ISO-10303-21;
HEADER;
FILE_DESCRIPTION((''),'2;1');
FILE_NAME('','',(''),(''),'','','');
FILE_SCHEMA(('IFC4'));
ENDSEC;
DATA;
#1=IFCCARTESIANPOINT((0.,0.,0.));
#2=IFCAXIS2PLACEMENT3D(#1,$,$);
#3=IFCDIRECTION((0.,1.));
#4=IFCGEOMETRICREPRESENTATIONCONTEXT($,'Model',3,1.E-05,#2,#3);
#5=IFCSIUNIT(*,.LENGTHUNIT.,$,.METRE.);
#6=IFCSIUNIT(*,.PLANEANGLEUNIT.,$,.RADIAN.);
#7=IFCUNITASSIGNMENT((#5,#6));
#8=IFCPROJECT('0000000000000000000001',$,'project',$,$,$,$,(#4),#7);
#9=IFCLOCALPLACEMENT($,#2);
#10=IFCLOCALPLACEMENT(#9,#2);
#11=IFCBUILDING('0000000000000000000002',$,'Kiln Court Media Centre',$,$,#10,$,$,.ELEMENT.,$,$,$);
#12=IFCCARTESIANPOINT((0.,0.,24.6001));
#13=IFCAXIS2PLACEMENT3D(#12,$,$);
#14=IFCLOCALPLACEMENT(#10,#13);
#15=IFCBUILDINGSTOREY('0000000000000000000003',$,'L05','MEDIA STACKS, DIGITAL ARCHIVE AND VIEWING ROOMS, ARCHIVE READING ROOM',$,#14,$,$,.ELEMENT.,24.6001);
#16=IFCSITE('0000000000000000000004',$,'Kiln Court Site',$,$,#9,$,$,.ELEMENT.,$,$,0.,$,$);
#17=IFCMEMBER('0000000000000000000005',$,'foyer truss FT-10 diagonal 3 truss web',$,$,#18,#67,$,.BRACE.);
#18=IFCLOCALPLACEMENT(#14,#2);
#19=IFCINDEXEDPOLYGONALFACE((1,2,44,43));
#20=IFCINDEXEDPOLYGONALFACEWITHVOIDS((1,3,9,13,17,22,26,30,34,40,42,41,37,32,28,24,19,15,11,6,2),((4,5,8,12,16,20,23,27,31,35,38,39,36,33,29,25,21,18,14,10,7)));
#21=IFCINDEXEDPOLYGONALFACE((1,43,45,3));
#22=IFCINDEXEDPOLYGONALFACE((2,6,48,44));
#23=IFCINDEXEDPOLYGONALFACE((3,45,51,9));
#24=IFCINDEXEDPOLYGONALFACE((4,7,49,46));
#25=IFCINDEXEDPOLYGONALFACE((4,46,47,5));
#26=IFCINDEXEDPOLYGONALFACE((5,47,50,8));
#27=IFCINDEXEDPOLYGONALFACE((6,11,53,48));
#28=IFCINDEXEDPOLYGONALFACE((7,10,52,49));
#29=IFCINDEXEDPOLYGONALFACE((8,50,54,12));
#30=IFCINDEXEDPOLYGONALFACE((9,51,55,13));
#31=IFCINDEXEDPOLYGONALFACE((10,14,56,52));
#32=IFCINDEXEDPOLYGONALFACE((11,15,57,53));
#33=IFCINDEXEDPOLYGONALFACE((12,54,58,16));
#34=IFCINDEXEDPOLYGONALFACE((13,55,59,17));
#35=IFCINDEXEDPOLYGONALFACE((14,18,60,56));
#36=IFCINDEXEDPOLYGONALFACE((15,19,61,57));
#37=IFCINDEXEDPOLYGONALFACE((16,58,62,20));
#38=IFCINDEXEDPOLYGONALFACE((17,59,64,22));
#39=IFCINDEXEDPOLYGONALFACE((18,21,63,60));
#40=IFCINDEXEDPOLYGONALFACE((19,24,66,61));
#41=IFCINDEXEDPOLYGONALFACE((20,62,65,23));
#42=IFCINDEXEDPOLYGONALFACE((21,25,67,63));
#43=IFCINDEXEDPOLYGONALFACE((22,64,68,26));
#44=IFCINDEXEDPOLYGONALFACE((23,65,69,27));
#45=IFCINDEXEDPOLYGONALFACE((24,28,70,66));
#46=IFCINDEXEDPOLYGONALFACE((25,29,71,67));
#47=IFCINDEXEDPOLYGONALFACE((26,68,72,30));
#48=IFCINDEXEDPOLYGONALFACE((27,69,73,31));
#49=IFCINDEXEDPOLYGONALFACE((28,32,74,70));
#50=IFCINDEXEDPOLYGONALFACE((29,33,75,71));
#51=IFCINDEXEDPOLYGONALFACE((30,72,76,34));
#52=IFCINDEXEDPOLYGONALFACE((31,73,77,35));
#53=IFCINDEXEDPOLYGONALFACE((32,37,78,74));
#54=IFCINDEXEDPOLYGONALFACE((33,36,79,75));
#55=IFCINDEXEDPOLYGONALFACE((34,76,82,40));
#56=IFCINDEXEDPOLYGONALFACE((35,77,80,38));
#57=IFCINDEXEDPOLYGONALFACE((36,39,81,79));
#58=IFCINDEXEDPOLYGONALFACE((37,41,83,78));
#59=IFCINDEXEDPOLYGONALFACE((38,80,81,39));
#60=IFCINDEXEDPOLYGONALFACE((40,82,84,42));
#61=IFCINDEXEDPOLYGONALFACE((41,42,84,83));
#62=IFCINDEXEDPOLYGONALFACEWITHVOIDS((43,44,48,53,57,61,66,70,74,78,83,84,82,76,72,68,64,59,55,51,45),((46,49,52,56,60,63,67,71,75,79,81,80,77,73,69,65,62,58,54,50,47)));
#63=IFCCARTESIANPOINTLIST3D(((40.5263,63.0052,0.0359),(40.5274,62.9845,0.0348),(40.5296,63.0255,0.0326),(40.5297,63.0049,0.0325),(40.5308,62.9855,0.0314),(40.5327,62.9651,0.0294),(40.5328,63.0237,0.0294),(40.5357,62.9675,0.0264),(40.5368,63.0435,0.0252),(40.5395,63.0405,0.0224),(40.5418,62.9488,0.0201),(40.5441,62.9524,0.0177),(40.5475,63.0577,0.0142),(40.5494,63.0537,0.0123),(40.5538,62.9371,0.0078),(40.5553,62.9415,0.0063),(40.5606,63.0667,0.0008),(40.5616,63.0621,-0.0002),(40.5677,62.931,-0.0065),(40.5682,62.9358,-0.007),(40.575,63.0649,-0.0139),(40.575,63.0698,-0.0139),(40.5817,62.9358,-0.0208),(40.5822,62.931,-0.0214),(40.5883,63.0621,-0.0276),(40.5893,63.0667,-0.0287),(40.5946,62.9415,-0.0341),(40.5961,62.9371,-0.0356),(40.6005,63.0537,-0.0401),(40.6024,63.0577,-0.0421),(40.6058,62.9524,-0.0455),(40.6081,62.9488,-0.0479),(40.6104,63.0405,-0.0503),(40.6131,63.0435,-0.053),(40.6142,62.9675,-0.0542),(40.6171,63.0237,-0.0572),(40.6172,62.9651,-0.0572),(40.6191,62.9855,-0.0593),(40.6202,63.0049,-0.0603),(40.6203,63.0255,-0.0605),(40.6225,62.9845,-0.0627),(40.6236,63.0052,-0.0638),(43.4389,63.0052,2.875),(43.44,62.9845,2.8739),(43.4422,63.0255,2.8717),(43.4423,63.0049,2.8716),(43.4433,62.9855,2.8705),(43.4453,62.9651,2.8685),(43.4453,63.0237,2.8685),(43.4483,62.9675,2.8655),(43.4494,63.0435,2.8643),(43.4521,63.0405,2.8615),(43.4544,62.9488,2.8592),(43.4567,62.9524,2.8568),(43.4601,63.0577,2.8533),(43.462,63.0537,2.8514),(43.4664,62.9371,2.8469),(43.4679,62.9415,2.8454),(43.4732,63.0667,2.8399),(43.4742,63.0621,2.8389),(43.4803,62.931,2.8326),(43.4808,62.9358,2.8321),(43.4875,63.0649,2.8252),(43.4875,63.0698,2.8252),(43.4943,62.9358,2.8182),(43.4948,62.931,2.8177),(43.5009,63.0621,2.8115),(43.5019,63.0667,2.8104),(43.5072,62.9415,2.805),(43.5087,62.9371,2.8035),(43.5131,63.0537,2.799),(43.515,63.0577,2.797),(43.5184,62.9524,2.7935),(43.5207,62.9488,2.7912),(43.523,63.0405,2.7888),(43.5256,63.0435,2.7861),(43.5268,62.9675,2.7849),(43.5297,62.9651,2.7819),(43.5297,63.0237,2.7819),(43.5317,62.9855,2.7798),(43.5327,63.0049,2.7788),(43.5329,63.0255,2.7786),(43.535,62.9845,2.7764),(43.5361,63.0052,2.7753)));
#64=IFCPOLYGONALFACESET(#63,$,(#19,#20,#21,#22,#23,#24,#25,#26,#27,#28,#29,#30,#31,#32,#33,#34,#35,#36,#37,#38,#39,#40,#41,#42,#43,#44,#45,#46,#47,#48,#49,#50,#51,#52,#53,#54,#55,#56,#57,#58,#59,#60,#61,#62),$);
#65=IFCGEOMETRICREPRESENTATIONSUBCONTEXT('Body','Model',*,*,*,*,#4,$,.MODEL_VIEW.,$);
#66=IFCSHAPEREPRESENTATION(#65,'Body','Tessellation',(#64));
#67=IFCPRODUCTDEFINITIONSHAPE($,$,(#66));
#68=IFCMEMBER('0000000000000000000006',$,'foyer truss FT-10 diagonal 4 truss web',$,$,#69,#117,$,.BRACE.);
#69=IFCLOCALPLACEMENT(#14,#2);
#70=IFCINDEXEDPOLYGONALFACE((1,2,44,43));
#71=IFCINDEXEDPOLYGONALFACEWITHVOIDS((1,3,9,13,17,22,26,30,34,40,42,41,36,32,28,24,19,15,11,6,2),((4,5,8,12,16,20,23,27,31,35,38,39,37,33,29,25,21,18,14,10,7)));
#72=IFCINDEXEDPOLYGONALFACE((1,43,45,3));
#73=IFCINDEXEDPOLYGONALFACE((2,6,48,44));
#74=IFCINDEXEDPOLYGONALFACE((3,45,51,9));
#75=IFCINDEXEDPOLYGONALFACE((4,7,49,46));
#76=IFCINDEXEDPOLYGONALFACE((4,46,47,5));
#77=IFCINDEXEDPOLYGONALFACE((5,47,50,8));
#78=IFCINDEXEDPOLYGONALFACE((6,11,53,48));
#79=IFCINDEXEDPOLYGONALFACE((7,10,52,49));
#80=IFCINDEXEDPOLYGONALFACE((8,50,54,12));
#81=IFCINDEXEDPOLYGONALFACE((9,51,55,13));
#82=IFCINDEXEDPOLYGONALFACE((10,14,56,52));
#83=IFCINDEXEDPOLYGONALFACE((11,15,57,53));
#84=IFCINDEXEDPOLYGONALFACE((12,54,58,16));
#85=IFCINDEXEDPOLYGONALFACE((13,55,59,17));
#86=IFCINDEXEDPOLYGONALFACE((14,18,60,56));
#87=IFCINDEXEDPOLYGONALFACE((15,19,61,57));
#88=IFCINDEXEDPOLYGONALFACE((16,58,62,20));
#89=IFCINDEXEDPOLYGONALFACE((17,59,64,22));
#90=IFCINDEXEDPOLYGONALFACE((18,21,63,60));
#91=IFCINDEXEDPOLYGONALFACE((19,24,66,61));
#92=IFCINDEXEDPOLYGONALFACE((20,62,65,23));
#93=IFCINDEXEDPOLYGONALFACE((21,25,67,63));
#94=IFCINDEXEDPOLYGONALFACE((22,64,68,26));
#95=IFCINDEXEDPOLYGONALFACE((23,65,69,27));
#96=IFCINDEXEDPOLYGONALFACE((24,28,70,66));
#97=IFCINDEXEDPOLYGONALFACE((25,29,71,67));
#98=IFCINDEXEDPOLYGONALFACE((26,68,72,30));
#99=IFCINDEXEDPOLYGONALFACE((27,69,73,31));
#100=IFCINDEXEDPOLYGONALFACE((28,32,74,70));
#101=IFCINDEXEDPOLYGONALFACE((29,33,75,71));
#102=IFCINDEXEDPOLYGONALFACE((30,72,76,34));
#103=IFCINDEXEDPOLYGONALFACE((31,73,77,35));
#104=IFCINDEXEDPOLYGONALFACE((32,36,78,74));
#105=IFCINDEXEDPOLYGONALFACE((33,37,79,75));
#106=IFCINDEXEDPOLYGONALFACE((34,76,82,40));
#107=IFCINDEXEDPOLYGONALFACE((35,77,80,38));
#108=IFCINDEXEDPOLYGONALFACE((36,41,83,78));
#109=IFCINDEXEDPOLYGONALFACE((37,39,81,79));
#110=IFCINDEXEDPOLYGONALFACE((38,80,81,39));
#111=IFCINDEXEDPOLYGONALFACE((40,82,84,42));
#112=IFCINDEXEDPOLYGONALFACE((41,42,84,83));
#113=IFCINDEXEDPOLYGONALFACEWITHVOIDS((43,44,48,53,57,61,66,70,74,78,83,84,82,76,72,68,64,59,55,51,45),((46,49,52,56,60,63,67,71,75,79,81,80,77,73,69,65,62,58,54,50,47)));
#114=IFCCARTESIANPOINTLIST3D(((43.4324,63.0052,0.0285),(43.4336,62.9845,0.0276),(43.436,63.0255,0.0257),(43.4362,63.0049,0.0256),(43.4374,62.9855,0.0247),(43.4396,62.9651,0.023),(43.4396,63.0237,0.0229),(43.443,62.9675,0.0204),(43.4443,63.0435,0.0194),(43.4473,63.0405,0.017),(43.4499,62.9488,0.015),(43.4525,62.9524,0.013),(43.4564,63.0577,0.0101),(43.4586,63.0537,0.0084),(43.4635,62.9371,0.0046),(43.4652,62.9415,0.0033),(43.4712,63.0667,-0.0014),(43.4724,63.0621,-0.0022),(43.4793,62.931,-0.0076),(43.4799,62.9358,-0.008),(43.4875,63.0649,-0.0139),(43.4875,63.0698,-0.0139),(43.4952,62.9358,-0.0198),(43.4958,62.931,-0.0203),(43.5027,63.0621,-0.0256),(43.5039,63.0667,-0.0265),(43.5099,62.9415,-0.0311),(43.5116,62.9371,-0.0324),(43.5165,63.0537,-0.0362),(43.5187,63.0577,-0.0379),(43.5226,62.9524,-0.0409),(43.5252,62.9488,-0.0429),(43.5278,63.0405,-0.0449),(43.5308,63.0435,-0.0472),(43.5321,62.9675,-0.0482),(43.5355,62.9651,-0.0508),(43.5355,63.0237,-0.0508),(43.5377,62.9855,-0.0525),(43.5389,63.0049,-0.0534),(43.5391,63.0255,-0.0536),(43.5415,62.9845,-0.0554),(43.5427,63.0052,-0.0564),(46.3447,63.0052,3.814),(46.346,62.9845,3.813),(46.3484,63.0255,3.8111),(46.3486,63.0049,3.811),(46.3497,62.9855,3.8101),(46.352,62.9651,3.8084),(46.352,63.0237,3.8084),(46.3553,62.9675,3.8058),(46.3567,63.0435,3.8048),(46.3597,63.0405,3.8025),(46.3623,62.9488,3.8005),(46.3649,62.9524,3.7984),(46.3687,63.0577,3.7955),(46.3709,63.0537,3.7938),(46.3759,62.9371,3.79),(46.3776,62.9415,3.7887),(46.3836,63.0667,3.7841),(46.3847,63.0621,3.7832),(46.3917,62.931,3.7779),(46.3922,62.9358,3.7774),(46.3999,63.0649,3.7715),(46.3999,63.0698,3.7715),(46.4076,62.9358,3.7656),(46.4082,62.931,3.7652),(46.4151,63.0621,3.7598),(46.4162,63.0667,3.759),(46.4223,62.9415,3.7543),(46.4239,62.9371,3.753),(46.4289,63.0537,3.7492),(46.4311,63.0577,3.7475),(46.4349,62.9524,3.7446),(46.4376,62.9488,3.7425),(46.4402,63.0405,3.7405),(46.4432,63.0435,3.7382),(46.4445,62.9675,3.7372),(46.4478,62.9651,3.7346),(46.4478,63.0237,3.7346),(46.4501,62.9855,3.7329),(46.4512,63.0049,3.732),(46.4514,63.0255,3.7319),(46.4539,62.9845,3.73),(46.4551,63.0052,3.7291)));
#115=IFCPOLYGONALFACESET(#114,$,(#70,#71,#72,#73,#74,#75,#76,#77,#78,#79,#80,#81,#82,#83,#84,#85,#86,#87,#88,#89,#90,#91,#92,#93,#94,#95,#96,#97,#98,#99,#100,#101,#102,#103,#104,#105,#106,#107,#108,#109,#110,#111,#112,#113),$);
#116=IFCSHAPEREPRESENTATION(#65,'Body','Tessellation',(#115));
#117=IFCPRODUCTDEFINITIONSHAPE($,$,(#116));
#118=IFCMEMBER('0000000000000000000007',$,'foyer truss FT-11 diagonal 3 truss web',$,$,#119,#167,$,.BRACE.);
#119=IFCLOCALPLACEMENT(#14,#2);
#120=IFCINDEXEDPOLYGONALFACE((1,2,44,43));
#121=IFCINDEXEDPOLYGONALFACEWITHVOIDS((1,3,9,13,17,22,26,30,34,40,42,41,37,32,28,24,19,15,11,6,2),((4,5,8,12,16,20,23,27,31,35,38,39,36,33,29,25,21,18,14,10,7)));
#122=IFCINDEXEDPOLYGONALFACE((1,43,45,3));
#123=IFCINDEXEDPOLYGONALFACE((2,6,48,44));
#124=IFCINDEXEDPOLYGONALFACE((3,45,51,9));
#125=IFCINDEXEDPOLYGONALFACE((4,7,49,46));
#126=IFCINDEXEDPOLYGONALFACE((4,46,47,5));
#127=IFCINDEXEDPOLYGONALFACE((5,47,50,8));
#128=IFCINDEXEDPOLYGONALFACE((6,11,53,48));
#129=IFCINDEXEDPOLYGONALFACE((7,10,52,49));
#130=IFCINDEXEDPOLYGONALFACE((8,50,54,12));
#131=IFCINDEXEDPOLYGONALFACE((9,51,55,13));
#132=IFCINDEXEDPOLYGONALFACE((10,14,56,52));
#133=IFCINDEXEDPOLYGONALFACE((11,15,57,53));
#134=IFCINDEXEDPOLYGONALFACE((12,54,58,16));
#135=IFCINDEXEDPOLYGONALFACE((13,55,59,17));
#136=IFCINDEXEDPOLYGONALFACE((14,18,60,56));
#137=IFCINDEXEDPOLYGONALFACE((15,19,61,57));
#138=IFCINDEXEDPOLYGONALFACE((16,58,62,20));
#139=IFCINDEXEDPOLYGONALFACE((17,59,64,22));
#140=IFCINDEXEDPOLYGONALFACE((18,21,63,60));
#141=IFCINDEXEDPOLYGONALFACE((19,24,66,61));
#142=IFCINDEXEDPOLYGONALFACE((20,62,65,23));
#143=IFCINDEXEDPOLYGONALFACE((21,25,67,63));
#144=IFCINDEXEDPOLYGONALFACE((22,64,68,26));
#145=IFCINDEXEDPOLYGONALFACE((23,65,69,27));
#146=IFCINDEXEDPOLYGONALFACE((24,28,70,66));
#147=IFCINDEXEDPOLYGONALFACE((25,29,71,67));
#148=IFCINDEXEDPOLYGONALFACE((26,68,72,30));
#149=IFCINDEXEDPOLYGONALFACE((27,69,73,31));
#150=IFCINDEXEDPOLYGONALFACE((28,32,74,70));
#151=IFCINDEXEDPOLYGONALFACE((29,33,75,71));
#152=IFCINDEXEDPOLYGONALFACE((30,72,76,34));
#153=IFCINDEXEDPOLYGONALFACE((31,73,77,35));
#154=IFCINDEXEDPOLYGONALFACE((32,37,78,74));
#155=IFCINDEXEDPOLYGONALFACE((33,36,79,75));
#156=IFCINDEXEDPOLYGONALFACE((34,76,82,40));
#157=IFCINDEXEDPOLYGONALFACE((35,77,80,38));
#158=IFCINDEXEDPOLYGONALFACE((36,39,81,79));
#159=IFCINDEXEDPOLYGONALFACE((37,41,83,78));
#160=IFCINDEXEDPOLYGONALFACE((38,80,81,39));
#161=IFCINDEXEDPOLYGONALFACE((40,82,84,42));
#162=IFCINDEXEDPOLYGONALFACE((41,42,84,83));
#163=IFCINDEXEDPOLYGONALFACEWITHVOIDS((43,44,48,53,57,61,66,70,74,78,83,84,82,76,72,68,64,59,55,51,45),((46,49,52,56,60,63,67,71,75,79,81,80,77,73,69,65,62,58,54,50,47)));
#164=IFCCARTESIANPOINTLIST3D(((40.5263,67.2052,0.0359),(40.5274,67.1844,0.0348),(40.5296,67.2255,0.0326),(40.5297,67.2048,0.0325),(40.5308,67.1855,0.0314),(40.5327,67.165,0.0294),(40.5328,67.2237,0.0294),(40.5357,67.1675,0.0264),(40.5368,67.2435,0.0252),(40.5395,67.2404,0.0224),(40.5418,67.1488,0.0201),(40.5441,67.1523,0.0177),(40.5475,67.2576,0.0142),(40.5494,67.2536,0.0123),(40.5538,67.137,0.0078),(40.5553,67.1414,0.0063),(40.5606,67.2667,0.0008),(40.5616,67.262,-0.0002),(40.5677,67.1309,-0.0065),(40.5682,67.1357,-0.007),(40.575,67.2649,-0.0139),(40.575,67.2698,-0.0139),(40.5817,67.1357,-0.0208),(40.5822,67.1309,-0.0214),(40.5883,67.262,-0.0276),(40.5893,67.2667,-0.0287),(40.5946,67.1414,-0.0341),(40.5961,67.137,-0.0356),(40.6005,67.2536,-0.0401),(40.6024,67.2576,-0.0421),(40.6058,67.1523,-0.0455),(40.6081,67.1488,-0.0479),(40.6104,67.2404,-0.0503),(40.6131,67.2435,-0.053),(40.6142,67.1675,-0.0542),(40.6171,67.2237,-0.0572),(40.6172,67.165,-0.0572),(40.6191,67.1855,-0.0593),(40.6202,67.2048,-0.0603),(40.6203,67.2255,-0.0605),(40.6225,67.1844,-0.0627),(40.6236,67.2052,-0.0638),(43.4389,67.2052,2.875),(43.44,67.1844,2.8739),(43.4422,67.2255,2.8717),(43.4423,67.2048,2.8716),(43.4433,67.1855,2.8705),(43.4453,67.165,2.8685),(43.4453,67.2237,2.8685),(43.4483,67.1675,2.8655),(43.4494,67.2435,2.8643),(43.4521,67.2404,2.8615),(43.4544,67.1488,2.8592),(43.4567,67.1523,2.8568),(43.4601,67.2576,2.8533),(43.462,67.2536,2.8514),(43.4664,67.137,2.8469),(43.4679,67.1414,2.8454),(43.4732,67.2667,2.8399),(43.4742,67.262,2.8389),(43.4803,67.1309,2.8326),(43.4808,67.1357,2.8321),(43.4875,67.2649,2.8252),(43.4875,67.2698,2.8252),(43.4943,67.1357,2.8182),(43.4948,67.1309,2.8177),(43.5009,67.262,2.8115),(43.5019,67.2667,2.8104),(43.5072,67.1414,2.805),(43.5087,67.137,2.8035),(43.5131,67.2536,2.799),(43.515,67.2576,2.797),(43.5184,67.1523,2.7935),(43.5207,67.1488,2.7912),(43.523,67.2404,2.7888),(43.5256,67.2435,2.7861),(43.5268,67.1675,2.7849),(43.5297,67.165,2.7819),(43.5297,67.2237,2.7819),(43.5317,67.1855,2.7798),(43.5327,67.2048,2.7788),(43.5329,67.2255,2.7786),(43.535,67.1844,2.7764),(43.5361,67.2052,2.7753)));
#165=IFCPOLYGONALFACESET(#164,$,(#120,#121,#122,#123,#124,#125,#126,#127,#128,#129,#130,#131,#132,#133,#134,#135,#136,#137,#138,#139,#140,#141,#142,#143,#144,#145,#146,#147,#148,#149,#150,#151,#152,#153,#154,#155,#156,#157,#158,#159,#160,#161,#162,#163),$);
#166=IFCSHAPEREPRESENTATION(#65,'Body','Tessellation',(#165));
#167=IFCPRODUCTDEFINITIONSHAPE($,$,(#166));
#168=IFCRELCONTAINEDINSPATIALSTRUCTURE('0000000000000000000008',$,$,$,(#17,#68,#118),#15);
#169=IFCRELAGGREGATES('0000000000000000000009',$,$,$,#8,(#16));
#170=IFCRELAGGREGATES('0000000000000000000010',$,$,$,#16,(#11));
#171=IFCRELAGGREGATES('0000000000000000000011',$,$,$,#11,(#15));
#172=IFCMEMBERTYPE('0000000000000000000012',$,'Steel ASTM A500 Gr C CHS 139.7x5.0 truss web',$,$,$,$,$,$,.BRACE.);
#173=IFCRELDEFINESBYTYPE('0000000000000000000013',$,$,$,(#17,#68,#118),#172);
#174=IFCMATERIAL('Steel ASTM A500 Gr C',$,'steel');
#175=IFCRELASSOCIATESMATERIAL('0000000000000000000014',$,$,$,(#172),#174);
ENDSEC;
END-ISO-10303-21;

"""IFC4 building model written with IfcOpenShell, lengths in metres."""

from ifc_helpers import new_model, si_unit, direction, frame, origin, origin_2d, place, context, subcontext, project, spatial, hollow_circle, extrude, material, material_profile, profile_set, type_object, element, save


model = new_model("IFC4")

# Units and contexts
model_context = context("Model", 3, precision=1e-05, world=origin(), true_north=direction((0.0, 1.0)))
body_context = subcontext(model_context, "Body", "Model", "MODEL_VIEW")
ifc_project = project(units=[si_unit("LENGTHUNIT", "METRE"), si_unit("PLANEANGLEUNIT", "RADIAN")], contexts=[model_context])

# Site, building, storey
site_placement = place(None, origin())
site = spatial("IfcSite", under=ifc_project, at=site_placement, Name="Kiln Court Site", CompositionType="ELEMENT", RefElevation=0.0)
building_placement = place(site_placement, origin())
building = spatial("IfcBuilding", under=site, at=building_placement, Name="Kiln Court Media Centre", CompositionType="ELEMENT")
storey_placement = place(building_placement, frame((0.0, 0.0, 24.6001)))
storey = spatial("IfcBuildingStorey", under=building, at=storey_placement, Name="L05", Description="MEDIA STACKS, DIGITAL ARCHIVE AND VIEWING ROOMS, ARCHIVE READING ROOM", CompositionType="ELEMENT", Elevation=24.6001)

# Members
ifc_material_1 = material(Name="Steel ASTM A500 Gr C", Category="steel")
ifc_material_profile_1 = material_profile(ifc_material_1, hollow_circle(Radius=0.0698, WallThickness=0.0049, at=origin_2d()), Name="CHS 139.7x5.0")
ifc_profile_set_1 = profile_set([ifc_material_profile_1], Name="Steel ASTM A500 Gr C")
member_type_1 = type_object("IfcMemberType", Name="Steel ASTM A500 Gr C CHS 139.7x5.0 truss web", PredefinedType="BRACE", material=ifc_profile_set_1)
member_1_placement = place(storey_placement, frame((40.575, 63.0, -0.0139), z_axis=(0.716083, 0.0, 0.698016), x_axis=(0.0, 1.0, 0.0)))
element("IfcMember", 1, at=member_1_placement, inside=storey, type_object=member_type_1, Name="foyer truss FT-10 diagonal 3 truss web", PredefinedType="BRACE", context=body_context, shape_type="SweptSolid", body=[
    extrude(hollow_circle(Radius=0.0698, WallThickness=0.0049, at=origin_2d()), origin(), (0.0, 0.0, 1.0), 4.0674),
])
member_2_placement = place(storey_placement, frame((43.4875, 63.0, -0.0139), z_axis=(0.609777, 0.0, 0.792573), x_axis=(0.0, 1.0, 0.0)))
element("IfcMember", 2, at=member_2_placement, inside=storey, type_object=member_type_1, Name="foyer truss FT-10 diagonal 4 truss web", PredefinedType="BRACE", context=body_context, shape_type="SweptSolid", body=[
    extrude(hollow_circle(Radius=0.0698, WallThickness=0.0049, at=origin_2d()), origin(), (0.0, 0.0, 1.0), 4.7761),
])
member_3_placement = place(storey_placement, frame((40.575, 67.2, -0.0139), z_axis=(0.716083, 0.0, 0.698016), x_axis=(0.0, 1.0, 0.0)))
element("IfcMember", 3, at=member_3_placement, inside=storey, type_object=member_type_1, Name="foyer truss FT-11 diagonal 3 truss web", PredefinedType="BRACE", context=body_context, shape_type="SweptSolid", body=[
    extrude(hollow_circle(Radius=0.0698, WallThickness=0.0049, at=origin_2d()), origin(), (0.0, 0.0, 1.0), 4.0674),
])

save(model, "model.ifc")
